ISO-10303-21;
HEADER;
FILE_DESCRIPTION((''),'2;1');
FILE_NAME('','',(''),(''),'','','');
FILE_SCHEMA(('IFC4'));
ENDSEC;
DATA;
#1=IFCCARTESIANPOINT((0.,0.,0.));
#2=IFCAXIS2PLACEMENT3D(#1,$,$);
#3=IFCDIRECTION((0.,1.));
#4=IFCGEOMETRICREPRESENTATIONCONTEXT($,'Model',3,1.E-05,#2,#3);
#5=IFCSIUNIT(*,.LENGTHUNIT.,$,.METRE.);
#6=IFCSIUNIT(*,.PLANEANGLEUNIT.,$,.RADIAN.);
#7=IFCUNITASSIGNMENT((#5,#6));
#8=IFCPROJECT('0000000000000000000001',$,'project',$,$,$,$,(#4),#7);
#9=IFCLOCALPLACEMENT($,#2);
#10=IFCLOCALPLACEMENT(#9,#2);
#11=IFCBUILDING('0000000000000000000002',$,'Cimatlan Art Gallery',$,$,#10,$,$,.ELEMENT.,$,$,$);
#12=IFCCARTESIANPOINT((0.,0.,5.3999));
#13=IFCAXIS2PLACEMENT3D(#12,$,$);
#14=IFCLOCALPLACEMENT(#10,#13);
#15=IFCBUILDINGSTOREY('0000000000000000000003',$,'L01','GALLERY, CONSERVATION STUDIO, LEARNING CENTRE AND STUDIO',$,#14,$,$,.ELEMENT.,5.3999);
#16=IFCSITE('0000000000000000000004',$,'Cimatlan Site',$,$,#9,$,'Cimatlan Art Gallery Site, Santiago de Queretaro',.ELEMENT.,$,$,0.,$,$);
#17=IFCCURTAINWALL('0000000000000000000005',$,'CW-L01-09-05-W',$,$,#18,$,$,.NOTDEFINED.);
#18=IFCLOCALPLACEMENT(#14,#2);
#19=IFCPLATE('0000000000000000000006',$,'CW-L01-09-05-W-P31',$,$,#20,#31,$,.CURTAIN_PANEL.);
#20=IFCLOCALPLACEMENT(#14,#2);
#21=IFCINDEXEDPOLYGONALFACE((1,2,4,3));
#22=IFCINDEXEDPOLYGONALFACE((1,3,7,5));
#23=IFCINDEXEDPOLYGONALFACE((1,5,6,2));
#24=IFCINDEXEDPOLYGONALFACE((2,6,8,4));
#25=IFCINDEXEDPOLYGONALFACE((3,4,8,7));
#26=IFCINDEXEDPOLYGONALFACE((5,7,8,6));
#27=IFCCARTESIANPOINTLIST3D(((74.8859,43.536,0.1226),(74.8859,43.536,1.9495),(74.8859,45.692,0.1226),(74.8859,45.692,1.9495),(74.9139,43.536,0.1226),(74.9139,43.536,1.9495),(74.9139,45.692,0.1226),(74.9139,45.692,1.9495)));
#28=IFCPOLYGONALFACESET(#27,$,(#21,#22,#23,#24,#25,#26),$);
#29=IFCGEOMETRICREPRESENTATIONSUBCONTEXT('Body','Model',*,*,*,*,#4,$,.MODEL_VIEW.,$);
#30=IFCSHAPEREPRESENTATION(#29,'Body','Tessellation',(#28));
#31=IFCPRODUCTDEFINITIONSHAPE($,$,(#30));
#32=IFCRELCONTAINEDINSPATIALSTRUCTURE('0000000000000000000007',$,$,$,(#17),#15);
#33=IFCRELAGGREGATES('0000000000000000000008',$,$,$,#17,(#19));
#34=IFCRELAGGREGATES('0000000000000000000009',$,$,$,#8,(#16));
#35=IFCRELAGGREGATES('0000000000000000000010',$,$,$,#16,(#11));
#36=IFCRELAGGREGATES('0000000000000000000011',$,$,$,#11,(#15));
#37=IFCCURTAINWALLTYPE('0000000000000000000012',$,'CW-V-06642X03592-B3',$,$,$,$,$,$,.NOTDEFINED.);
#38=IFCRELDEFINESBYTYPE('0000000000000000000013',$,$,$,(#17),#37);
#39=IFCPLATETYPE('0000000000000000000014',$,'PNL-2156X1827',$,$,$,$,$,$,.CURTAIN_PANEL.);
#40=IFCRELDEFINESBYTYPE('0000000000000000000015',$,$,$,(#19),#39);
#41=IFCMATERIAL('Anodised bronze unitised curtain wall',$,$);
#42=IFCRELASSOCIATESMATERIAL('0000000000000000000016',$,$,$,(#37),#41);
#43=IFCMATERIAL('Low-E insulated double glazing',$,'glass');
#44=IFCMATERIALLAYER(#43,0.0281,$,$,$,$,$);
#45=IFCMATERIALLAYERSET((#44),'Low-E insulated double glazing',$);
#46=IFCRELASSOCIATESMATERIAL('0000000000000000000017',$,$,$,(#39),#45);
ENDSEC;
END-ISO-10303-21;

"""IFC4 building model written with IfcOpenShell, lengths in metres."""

from ifc_helpers import new_model, si_unit, direction, frame, origin, origin_2d, place, context, subcontext, project, spatial, rectangle, extrude, material, layer, layer_set, type_object, element, aggregate, save


model = new_model("IFC4")

# Units and contexts
model_context = context("Model", 3, precision=1e-05, world=origin(), true_north=direction((0.0, 1.0)))
body_context = subcontext(model_context, "Body", "Model", "MODEL_VIEW")
ifc_project = project(units=[si_unit("LENGTHUNIT", "METRE"), si_unit("PLANEANGLEUNIT", "RADIAN")], contexts=[model_context])

# Site, building, storey
site_placement = place(None, origin())
site = spatial("IfcSite", under=ifc_project, at=site_placement, Name="Cimatlan Site", LongName="Cimatlan Art Gallery Site, Santiago de Queretaro", CompositionType="ELEMENT", RefElevation=0.0)
building_placement = place(site_placement, origin())
building = spatial("IfcBuilding", under=site, at=building_placement, Name="Cimatlan Art Gallery", CompositionType="ELEMENT")
storey_placement = place(building_placement, frame((0.0, 0.0, 5.3999)))
storey = spatial("IfcBuildingStorey", under=building, at=storey_placement, Name="L01", Description="GALLERY, CONSERVATION STUDIO, LEARNING CENTRE AND STUDIO", CompositionType="ELEMENT", Elevation=5.3999)

# Curtain wall
ifc_material_1 = material(Name="Anodised bronze unitised curtain wall")
curtain_wall_type_1 = type_object("IfcCurtainWallType", Name="CW-V-06642X03592-B3", PredefinedType="NOTDEFINED", material=ifc_material_1)
curtain_wall_1_placement = place(storey_placement, origin())
curtain_wall_1 = element("IfcCurtainWall", 1, at=curtain_wall_1_placement, inside=storey, type_object=curtain_wall_type_1, Name="CW-L01-09-05-W", PredefinedType="NOTDEFINED")

# Plate
ifc_material_2 = material(Name="Low-E insulated double glazing", Category="glass")
ifc_layer_1 = layer(ifc_material_2, 0.0281)
ifc_layer_set_1 = layer_set([ifc_layer_1], Name="Low-E insulated double glazing")
plate_type_1 = type_object("IfcPlateType", Name="PNL-2156X1827", PredefinedType="CURTAIN_PANEL", material=ifc_layer_set_1)
plate_1_placement = place(storey_placement, frame((74.8999, 44.614, 0.1226), z_axis=(0.0, 0.0, 1.0), x_axis=(0.0, 1.0, 0.0)))
plate_1 = element("IfcPlate", 2, at=plate_1_placement, type_object=plate_type_1, Name="CW-L01-09-05-W-P31", PredefinedType="CURTAIN_PANEL", context=body_context, shape_type="SweptSolid", body=[
    extrude(rectangle(XDim=2.156, YDim=0.0281, at=origin_2d()), origin(), (0.0, 0.0, 1.0), 1.8269),
])
aggregate(curtain_wall_1, [plate_1])

save(model, "model.ifc")
